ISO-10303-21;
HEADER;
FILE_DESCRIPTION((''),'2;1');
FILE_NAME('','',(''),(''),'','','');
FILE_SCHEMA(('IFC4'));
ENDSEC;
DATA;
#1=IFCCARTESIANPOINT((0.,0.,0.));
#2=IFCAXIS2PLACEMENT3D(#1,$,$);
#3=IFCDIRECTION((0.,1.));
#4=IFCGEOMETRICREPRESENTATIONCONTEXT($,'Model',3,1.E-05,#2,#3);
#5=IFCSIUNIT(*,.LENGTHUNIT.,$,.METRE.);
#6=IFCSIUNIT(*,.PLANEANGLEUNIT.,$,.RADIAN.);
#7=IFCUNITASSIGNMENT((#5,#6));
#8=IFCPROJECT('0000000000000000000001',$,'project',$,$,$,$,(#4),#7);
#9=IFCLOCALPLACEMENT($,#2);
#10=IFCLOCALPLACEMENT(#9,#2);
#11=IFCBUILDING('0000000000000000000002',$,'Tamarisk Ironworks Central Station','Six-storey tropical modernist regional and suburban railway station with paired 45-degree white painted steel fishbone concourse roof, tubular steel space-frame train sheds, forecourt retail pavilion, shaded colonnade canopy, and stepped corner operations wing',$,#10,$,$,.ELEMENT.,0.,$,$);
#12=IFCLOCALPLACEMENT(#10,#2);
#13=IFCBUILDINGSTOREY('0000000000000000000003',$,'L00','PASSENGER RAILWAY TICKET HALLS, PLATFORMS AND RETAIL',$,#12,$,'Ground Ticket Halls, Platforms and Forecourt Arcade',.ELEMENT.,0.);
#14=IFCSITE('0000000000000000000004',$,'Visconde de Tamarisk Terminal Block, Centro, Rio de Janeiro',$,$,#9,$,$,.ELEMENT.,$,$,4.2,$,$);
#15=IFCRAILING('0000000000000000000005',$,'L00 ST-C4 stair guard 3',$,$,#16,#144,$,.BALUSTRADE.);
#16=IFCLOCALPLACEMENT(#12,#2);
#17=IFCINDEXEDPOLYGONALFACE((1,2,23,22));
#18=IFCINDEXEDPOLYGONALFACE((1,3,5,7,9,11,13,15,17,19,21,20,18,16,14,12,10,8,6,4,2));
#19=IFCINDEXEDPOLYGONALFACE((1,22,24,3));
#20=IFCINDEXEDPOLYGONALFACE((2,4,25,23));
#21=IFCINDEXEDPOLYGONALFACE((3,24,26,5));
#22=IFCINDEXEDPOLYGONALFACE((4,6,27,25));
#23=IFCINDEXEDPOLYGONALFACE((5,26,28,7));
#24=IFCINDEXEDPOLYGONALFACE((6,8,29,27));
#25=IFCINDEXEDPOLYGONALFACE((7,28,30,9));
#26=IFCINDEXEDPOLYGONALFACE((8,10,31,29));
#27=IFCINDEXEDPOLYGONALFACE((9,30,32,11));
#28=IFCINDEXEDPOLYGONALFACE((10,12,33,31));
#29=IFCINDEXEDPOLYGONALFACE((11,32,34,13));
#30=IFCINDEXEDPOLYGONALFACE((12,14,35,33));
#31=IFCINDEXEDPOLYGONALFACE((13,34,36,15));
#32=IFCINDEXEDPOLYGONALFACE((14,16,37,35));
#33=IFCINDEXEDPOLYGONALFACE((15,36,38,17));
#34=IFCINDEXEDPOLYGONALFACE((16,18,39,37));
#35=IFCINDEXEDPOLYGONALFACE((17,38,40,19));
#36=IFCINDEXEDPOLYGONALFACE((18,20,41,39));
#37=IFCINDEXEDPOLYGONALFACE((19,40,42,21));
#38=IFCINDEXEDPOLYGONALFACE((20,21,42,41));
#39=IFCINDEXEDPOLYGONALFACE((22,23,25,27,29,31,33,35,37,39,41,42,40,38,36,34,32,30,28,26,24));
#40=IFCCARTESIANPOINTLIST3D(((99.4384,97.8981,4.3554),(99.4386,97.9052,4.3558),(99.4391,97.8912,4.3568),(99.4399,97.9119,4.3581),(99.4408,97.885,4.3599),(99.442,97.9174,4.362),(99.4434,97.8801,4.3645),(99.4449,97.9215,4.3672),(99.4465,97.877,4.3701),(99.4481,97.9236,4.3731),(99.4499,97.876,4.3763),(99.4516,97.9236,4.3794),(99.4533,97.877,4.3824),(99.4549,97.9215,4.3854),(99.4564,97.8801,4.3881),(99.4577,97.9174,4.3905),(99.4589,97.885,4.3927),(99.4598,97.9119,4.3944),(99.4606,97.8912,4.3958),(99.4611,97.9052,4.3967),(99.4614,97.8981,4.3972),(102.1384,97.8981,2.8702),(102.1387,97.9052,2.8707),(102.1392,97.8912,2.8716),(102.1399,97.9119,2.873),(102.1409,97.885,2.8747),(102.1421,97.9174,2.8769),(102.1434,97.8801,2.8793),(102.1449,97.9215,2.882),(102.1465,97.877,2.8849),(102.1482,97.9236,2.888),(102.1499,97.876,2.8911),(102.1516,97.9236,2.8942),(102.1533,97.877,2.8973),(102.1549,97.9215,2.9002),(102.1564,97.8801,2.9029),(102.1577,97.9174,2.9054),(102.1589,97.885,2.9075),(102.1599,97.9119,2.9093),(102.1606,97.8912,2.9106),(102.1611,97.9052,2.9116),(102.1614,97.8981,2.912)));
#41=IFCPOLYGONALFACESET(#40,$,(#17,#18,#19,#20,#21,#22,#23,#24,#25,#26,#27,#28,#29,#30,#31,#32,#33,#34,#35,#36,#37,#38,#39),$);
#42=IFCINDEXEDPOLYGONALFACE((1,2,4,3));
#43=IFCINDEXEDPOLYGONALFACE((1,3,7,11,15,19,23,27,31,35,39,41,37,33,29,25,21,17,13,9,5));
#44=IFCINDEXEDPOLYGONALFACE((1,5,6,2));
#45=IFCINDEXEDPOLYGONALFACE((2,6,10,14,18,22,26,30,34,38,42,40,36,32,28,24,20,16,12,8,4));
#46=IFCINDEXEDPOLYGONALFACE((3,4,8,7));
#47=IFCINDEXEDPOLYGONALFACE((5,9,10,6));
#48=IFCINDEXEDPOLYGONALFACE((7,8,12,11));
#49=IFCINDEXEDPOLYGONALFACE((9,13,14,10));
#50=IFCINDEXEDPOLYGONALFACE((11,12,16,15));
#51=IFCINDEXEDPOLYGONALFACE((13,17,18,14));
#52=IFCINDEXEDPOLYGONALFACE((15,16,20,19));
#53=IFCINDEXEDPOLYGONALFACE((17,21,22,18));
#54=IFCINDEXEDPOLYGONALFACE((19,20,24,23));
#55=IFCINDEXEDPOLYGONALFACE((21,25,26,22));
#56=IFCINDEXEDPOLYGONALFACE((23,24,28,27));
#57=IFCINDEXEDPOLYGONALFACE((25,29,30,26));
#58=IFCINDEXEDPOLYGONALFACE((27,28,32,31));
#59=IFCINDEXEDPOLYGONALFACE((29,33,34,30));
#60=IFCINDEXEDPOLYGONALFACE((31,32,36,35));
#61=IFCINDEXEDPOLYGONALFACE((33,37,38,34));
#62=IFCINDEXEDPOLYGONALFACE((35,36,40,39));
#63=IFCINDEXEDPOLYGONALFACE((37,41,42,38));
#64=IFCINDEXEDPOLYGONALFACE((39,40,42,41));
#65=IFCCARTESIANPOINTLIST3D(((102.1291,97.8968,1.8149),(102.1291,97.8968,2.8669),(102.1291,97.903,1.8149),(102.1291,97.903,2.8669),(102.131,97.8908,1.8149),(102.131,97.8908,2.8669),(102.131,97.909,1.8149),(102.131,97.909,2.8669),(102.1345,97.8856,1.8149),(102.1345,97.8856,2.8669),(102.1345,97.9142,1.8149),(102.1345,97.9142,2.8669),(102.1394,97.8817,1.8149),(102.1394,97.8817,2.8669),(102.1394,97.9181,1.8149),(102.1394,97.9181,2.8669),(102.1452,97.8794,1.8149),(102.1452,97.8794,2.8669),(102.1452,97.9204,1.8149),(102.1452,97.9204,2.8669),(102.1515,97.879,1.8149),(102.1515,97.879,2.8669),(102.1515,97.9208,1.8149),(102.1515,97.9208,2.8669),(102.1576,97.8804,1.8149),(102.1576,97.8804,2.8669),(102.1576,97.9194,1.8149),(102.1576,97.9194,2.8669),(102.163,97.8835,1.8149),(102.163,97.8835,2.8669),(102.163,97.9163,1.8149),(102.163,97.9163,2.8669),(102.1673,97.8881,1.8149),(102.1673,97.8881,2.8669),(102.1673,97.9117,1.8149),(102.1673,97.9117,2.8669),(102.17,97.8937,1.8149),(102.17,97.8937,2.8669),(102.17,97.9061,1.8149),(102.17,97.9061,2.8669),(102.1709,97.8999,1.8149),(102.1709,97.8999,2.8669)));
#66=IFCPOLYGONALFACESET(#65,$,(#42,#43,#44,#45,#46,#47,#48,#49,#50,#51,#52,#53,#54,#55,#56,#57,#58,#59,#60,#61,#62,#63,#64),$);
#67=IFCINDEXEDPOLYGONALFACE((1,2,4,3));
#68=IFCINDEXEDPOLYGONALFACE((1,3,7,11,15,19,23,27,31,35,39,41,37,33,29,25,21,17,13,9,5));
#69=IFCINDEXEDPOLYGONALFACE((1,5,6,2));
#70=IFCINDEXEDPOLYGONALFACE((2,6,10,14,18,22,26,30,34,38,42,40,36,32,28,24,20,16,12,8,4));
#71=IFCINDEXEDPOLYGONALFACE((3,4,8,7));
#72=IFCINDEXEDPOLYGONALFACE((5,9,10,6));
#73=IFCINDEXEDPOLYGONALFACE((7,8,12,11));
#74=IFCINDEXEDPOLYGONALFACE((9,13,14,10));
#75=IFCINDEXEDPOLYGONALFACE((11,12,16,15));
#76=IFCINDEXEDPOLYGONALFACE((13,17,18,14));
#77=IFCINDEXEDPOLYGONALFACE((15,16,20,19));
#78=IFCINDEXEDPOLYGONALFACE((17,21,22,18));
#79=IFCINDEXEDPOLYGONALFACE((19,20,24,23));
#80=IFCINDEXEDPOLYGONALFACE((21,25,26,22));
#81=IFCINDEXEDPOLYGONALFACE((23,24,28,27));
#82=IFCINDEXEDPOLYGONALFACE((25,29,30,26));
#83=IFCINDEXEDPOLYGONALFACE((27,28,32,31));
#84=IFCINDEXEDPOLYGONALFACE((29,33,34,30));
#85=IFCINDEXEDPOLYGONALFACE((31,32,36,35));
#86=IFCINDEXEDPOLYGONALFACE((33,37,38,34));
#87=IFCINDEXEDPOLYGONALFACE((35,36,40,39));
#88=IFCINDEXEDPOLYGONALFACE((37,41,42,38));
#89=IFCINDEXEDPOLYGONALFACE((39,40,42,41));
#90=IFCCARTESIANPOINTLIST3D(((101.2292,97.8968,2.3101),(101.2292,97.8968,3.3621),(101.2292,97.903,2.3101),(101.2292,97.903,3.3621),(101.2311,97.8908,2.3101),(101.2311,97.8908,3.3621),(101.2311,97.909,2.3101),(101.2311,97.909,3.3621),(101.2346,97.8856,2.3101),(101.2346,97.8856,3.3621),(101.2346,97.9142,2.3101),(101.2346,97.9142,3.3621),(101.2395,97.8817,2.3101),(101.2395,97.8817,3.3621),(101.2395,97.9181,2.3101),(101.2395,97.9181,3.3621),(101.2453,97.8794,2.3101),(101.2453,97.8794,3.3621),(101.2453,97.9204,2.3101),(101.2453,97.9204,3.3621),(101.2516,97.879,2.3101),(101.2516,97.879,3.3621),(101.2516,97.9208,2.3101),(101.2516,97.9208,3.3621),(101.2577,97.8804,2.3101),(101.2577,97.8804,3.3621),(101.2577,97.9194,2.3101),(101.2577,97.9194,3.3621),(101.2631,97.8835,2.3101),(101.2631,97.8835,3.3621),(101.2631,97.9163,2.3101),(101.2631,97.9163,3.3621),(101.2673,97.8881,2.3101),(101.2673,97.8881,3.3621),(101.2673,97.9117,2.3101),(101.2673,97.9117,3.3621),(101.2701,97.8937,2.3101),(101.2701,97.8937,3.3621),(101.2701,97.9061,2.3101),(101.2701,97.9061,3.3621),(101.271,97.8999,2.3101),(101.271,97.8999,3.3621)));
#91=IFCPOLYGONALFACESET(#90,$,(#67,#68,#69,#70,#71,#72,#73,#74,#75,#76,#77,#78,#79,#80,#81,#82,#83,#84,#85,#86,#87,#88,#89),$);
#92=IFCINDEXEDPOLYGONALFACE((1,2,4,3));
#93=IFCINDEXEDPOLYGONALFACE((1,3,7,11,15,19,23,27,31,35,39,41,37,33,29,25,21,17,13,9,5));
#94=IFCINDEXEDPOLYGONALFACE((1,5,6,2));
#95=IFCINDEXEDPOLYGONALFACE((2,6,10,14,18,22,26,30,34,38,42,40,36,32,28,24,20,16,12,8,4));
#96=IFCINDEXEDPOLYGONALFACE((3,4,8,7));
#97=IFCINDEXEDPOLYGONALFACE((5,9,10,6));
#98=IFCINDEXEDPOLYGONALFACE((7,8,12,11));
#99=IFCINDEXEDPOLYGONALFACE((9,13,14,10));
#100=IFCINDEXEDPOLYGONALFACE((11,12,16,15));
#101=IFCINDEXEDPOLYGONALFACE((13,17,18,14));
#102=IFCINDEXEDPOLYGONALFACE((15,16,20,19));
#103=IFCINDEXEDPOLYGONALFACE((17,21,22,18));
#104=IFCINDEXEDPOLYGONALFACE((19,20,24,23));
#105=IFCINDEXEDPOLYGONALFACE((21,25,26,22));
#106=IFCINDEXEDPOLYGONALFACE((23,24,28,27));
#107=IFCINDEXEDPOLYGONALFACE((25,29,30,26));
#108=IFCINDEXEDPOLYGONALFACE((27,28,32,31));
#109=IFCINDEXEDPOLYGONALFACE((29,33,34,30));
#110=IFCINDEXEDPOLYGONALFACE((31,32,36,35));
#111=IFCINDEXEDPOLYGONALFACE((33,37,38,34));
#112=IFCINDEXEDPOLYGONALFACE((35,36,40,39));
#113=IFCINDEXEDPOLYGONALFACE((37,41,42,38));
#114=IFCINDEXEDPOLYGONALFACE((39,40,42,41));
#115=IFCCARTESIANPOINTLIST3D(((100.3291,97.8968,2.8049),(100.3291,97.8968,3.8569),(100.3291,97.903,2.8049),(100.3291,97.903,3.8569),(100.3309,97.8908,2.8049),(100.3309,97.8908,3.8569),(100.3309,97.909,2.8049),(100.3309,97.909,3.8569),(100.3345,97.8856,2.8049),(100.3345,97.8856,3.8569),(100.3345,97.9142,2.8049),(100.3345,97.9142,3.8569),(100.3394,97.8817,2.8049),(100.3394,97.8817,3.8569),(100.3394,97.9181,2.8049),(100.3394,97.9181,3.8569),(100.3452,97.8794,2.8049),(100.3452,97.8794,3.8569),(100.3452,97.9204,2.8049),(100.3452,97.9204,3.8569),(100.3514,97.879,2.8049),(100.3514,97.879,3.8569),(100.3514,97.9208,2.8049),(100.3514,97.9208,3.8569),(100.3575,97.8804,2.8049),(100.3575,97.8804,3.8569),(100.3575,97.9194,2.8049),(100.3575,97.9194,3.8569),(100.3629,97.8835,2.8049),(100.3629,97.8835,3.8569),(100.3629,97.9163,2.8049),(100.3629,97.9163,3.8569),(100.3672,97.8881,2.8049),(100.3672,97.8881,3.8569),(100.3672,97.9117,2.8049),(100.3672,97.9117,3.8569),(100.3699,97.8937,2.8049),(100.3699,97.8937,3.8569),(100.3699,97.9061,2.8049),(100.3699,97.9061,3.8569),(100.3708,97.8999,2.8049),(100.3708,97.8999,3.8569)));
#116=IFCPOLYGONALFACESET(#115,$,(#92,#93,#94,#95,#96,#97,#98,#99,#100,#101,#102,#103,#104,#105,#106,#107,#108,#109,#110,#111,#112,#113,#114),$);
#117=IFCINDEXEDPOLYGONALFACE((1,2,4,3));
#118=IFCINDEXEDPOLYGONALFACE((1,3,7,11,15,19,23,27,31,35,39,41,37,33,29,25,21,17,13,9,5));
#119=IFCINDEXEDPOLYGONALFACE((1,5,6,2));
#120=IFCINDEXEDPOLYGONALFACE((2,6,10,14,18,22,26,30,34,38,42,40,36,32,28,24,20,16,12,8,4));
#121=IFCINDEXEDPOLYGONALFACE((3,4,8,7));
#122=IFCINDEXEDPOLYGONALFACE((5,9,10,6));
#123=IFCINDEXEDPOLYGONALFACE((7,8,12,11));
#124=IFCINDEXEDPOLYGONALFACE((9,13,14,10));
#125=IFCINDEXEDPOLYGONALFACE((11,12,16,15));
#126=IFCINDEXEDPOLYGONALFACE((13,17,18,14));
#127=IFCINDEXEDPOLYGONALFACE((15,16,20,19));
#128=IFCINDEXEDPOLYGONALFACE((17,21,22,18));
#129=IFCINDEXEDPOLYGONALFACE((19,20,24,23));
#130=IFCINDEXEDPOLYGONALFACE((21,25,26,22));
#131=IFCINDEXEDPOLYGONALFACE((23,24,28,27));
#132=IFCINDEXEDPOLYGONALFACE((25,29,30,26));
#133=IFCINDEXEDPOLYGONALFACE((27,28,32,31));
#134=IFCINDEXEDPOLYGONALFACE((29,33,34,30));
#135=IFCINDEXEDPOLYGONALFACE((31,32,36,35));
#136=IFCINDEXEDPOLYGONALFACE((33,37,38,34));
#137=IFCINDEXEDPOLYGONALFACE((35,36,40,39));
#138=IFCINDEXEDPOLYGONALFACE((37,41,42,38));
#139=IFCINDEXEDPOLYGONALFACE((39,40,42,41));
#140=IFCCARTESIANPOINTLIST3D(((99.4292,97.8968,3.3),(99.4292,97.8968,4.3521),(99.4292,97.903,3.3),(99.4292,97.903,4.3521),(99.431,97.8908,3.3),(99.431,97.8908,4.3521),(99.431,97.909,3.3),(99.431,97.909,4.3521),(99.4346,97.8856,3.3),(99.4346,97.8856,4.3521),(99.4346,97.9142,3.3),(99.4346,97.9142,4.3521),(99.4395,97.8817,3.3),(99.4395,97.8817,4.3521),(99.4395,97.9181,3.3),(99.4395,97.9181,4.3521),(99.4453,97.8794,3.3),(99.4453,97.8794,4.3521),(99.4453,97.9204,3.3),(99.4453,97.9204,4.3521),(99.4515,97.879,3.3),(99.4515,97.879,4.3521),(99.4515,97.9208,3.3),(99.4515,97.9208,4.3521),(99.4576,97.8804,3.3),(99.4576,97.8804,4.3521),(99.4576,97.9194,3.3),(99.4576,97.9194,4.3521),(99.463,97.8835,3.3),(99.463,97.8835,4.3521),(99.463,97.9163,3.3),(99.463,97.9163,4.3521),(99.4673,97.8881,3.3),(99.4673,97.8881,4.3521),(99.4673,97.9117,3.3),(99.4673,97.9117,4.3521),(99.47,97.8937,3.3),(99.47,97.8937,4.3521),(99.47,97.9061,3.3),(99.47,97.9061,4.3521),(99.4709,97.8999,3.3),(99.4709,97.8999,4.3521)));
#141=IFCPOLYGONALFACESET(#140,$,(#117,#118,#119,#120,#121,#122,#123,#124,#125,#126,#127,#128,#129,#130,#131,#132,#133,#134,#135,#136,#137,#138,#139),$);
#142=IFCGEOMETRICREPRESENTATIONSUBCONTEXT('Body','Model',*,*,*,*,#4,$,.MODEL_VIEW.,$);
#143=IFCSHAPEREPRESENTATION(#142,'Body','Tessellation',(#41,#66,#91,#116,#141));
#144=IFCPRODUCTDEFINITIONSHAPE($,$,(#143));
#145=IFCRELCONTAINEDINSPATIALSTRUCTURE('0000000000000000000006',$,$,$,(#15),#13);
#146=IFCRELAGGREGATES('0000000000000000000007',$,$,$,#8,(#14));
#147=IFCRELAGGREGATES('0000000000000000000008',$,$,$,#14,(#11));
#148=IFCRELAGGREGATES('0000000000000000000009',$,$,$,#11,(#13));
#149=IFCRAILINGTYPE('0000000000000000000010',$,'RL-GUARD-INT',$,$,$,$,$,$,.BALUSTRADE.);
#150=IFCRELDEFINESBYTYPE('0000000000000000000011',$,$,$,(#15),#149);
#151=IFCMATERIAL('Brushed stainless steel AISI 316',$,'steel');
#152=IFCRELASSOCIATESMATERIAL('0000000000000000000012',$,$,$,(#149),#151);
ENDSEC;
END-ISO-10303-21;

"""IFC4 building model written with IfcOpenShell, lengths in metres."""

from ifc_helpers import new_model, si_unit, direction, frame, origin, origin_2d, place, context, subcontext, project, spatial, circle, extrude, material, type_object, element, save


model = new_model("IFC4")

# Units and contexts
model_context = context("Model", 3, precision=1e-05, world=origin(), true_north=direction((0.0, 1.0)))
body_context = subcontext(model_context, "Body", "Model", "MODEL_VIEW")
ifc_project = project(units=[si_unit("LENGTHUNIT", "METRE"), si_unit("PLANEANGLEUNIT", "RADIAN")], contexts=[model_context])

# Site, building, storey
site_placement = place(None, origin())
site = spatial("IfcSite", under=ifc_project, at=site_placement, Name="Visconde de Tamarisk Terminal Block, Centro, Rio de Janeiro", CompositionType="ELEMENT", RefElevation=4.2)
building_placement = place(site_placement, origin())
building = spatial("IfcBuilding", under=site, at=building_placement, Name="Tamarisk Ironworks Central Station", Description="Six-storey tropical modernist regional and suburban railway station with paired 45-degree white painted steel fishbone concourse roof, tubular steel space-frame train sheds, forecourt retail pavilion, shaded colonnade canopy, and stepped corner operations wing", CompositionType="ELEMENT", ElevationOfRefHeight=0.0)
storey_placement = place(building_placement, origin())
storey = spatial("IfcBuildingStorey", under=building, at=storey_placement, Name="L00", Description="PASSENGER RAILWAY TICKET HALLS, PLATFORMS AND RETAIL", LongName="Ground Ticket Halls, Platforms and Forecourt Arcade", CompositionType="ELEMENT", Elevation=0.0)

# Shared definitions
ifc_material_1 = material(Name="Brushed stainless steel AISI 316", Category="steel")

# Railing
railing_type_1 = type_object("IfcRailingType", Name="RL-GUARD-INT", PredefinedType="BALUSTRADE", material=ifc_material_1)
railing_1_placement = place(storey_placement, frame((102.1499, 97.8999, 1.8149)))
element("IfcRailing", 1, at=railing_1_placement, inside=storey, type_object=railing_type_1, Name="L00 ST-C4 stair guard 3", PredefinedType="BALUSTRADE", context=body_context, shape_type="SweptSolid", body=[
    extrude(circle(Radius=0.0239, at=origin_2d()), frame((0.0, 0.0, 1.0762), z_axis=(-0.876198, 0.0, 0.481952), x_axis=(0.0, -1.0, 0.0)), (0.0, 0.0, 1.0), 3.0815),
    extrude(circle(Radius=0.021, at=origin_2d()), origin(), (0.0, 0.0, 1.0), 1.052),
    extrude(circle(Radius=0.021, at=origin_2d()), frame((-0.8999, 0.0, 0.4951)), (0.0, 0.0, 1.0), 1.052),
    extrude(circle(Radius=0.021, at=origin_2d()), frame((-1.8, 0.0, 0.99)), (0.0, 0.0, 1.0), 1.052),
    extrude(circle(Radius=0.021, at=origin_2d()), frame((-2.7, 0.0, 1.4851)), (0.0, 0.0, 1.0), 1.052),
])

save(model, "model.ifc")
